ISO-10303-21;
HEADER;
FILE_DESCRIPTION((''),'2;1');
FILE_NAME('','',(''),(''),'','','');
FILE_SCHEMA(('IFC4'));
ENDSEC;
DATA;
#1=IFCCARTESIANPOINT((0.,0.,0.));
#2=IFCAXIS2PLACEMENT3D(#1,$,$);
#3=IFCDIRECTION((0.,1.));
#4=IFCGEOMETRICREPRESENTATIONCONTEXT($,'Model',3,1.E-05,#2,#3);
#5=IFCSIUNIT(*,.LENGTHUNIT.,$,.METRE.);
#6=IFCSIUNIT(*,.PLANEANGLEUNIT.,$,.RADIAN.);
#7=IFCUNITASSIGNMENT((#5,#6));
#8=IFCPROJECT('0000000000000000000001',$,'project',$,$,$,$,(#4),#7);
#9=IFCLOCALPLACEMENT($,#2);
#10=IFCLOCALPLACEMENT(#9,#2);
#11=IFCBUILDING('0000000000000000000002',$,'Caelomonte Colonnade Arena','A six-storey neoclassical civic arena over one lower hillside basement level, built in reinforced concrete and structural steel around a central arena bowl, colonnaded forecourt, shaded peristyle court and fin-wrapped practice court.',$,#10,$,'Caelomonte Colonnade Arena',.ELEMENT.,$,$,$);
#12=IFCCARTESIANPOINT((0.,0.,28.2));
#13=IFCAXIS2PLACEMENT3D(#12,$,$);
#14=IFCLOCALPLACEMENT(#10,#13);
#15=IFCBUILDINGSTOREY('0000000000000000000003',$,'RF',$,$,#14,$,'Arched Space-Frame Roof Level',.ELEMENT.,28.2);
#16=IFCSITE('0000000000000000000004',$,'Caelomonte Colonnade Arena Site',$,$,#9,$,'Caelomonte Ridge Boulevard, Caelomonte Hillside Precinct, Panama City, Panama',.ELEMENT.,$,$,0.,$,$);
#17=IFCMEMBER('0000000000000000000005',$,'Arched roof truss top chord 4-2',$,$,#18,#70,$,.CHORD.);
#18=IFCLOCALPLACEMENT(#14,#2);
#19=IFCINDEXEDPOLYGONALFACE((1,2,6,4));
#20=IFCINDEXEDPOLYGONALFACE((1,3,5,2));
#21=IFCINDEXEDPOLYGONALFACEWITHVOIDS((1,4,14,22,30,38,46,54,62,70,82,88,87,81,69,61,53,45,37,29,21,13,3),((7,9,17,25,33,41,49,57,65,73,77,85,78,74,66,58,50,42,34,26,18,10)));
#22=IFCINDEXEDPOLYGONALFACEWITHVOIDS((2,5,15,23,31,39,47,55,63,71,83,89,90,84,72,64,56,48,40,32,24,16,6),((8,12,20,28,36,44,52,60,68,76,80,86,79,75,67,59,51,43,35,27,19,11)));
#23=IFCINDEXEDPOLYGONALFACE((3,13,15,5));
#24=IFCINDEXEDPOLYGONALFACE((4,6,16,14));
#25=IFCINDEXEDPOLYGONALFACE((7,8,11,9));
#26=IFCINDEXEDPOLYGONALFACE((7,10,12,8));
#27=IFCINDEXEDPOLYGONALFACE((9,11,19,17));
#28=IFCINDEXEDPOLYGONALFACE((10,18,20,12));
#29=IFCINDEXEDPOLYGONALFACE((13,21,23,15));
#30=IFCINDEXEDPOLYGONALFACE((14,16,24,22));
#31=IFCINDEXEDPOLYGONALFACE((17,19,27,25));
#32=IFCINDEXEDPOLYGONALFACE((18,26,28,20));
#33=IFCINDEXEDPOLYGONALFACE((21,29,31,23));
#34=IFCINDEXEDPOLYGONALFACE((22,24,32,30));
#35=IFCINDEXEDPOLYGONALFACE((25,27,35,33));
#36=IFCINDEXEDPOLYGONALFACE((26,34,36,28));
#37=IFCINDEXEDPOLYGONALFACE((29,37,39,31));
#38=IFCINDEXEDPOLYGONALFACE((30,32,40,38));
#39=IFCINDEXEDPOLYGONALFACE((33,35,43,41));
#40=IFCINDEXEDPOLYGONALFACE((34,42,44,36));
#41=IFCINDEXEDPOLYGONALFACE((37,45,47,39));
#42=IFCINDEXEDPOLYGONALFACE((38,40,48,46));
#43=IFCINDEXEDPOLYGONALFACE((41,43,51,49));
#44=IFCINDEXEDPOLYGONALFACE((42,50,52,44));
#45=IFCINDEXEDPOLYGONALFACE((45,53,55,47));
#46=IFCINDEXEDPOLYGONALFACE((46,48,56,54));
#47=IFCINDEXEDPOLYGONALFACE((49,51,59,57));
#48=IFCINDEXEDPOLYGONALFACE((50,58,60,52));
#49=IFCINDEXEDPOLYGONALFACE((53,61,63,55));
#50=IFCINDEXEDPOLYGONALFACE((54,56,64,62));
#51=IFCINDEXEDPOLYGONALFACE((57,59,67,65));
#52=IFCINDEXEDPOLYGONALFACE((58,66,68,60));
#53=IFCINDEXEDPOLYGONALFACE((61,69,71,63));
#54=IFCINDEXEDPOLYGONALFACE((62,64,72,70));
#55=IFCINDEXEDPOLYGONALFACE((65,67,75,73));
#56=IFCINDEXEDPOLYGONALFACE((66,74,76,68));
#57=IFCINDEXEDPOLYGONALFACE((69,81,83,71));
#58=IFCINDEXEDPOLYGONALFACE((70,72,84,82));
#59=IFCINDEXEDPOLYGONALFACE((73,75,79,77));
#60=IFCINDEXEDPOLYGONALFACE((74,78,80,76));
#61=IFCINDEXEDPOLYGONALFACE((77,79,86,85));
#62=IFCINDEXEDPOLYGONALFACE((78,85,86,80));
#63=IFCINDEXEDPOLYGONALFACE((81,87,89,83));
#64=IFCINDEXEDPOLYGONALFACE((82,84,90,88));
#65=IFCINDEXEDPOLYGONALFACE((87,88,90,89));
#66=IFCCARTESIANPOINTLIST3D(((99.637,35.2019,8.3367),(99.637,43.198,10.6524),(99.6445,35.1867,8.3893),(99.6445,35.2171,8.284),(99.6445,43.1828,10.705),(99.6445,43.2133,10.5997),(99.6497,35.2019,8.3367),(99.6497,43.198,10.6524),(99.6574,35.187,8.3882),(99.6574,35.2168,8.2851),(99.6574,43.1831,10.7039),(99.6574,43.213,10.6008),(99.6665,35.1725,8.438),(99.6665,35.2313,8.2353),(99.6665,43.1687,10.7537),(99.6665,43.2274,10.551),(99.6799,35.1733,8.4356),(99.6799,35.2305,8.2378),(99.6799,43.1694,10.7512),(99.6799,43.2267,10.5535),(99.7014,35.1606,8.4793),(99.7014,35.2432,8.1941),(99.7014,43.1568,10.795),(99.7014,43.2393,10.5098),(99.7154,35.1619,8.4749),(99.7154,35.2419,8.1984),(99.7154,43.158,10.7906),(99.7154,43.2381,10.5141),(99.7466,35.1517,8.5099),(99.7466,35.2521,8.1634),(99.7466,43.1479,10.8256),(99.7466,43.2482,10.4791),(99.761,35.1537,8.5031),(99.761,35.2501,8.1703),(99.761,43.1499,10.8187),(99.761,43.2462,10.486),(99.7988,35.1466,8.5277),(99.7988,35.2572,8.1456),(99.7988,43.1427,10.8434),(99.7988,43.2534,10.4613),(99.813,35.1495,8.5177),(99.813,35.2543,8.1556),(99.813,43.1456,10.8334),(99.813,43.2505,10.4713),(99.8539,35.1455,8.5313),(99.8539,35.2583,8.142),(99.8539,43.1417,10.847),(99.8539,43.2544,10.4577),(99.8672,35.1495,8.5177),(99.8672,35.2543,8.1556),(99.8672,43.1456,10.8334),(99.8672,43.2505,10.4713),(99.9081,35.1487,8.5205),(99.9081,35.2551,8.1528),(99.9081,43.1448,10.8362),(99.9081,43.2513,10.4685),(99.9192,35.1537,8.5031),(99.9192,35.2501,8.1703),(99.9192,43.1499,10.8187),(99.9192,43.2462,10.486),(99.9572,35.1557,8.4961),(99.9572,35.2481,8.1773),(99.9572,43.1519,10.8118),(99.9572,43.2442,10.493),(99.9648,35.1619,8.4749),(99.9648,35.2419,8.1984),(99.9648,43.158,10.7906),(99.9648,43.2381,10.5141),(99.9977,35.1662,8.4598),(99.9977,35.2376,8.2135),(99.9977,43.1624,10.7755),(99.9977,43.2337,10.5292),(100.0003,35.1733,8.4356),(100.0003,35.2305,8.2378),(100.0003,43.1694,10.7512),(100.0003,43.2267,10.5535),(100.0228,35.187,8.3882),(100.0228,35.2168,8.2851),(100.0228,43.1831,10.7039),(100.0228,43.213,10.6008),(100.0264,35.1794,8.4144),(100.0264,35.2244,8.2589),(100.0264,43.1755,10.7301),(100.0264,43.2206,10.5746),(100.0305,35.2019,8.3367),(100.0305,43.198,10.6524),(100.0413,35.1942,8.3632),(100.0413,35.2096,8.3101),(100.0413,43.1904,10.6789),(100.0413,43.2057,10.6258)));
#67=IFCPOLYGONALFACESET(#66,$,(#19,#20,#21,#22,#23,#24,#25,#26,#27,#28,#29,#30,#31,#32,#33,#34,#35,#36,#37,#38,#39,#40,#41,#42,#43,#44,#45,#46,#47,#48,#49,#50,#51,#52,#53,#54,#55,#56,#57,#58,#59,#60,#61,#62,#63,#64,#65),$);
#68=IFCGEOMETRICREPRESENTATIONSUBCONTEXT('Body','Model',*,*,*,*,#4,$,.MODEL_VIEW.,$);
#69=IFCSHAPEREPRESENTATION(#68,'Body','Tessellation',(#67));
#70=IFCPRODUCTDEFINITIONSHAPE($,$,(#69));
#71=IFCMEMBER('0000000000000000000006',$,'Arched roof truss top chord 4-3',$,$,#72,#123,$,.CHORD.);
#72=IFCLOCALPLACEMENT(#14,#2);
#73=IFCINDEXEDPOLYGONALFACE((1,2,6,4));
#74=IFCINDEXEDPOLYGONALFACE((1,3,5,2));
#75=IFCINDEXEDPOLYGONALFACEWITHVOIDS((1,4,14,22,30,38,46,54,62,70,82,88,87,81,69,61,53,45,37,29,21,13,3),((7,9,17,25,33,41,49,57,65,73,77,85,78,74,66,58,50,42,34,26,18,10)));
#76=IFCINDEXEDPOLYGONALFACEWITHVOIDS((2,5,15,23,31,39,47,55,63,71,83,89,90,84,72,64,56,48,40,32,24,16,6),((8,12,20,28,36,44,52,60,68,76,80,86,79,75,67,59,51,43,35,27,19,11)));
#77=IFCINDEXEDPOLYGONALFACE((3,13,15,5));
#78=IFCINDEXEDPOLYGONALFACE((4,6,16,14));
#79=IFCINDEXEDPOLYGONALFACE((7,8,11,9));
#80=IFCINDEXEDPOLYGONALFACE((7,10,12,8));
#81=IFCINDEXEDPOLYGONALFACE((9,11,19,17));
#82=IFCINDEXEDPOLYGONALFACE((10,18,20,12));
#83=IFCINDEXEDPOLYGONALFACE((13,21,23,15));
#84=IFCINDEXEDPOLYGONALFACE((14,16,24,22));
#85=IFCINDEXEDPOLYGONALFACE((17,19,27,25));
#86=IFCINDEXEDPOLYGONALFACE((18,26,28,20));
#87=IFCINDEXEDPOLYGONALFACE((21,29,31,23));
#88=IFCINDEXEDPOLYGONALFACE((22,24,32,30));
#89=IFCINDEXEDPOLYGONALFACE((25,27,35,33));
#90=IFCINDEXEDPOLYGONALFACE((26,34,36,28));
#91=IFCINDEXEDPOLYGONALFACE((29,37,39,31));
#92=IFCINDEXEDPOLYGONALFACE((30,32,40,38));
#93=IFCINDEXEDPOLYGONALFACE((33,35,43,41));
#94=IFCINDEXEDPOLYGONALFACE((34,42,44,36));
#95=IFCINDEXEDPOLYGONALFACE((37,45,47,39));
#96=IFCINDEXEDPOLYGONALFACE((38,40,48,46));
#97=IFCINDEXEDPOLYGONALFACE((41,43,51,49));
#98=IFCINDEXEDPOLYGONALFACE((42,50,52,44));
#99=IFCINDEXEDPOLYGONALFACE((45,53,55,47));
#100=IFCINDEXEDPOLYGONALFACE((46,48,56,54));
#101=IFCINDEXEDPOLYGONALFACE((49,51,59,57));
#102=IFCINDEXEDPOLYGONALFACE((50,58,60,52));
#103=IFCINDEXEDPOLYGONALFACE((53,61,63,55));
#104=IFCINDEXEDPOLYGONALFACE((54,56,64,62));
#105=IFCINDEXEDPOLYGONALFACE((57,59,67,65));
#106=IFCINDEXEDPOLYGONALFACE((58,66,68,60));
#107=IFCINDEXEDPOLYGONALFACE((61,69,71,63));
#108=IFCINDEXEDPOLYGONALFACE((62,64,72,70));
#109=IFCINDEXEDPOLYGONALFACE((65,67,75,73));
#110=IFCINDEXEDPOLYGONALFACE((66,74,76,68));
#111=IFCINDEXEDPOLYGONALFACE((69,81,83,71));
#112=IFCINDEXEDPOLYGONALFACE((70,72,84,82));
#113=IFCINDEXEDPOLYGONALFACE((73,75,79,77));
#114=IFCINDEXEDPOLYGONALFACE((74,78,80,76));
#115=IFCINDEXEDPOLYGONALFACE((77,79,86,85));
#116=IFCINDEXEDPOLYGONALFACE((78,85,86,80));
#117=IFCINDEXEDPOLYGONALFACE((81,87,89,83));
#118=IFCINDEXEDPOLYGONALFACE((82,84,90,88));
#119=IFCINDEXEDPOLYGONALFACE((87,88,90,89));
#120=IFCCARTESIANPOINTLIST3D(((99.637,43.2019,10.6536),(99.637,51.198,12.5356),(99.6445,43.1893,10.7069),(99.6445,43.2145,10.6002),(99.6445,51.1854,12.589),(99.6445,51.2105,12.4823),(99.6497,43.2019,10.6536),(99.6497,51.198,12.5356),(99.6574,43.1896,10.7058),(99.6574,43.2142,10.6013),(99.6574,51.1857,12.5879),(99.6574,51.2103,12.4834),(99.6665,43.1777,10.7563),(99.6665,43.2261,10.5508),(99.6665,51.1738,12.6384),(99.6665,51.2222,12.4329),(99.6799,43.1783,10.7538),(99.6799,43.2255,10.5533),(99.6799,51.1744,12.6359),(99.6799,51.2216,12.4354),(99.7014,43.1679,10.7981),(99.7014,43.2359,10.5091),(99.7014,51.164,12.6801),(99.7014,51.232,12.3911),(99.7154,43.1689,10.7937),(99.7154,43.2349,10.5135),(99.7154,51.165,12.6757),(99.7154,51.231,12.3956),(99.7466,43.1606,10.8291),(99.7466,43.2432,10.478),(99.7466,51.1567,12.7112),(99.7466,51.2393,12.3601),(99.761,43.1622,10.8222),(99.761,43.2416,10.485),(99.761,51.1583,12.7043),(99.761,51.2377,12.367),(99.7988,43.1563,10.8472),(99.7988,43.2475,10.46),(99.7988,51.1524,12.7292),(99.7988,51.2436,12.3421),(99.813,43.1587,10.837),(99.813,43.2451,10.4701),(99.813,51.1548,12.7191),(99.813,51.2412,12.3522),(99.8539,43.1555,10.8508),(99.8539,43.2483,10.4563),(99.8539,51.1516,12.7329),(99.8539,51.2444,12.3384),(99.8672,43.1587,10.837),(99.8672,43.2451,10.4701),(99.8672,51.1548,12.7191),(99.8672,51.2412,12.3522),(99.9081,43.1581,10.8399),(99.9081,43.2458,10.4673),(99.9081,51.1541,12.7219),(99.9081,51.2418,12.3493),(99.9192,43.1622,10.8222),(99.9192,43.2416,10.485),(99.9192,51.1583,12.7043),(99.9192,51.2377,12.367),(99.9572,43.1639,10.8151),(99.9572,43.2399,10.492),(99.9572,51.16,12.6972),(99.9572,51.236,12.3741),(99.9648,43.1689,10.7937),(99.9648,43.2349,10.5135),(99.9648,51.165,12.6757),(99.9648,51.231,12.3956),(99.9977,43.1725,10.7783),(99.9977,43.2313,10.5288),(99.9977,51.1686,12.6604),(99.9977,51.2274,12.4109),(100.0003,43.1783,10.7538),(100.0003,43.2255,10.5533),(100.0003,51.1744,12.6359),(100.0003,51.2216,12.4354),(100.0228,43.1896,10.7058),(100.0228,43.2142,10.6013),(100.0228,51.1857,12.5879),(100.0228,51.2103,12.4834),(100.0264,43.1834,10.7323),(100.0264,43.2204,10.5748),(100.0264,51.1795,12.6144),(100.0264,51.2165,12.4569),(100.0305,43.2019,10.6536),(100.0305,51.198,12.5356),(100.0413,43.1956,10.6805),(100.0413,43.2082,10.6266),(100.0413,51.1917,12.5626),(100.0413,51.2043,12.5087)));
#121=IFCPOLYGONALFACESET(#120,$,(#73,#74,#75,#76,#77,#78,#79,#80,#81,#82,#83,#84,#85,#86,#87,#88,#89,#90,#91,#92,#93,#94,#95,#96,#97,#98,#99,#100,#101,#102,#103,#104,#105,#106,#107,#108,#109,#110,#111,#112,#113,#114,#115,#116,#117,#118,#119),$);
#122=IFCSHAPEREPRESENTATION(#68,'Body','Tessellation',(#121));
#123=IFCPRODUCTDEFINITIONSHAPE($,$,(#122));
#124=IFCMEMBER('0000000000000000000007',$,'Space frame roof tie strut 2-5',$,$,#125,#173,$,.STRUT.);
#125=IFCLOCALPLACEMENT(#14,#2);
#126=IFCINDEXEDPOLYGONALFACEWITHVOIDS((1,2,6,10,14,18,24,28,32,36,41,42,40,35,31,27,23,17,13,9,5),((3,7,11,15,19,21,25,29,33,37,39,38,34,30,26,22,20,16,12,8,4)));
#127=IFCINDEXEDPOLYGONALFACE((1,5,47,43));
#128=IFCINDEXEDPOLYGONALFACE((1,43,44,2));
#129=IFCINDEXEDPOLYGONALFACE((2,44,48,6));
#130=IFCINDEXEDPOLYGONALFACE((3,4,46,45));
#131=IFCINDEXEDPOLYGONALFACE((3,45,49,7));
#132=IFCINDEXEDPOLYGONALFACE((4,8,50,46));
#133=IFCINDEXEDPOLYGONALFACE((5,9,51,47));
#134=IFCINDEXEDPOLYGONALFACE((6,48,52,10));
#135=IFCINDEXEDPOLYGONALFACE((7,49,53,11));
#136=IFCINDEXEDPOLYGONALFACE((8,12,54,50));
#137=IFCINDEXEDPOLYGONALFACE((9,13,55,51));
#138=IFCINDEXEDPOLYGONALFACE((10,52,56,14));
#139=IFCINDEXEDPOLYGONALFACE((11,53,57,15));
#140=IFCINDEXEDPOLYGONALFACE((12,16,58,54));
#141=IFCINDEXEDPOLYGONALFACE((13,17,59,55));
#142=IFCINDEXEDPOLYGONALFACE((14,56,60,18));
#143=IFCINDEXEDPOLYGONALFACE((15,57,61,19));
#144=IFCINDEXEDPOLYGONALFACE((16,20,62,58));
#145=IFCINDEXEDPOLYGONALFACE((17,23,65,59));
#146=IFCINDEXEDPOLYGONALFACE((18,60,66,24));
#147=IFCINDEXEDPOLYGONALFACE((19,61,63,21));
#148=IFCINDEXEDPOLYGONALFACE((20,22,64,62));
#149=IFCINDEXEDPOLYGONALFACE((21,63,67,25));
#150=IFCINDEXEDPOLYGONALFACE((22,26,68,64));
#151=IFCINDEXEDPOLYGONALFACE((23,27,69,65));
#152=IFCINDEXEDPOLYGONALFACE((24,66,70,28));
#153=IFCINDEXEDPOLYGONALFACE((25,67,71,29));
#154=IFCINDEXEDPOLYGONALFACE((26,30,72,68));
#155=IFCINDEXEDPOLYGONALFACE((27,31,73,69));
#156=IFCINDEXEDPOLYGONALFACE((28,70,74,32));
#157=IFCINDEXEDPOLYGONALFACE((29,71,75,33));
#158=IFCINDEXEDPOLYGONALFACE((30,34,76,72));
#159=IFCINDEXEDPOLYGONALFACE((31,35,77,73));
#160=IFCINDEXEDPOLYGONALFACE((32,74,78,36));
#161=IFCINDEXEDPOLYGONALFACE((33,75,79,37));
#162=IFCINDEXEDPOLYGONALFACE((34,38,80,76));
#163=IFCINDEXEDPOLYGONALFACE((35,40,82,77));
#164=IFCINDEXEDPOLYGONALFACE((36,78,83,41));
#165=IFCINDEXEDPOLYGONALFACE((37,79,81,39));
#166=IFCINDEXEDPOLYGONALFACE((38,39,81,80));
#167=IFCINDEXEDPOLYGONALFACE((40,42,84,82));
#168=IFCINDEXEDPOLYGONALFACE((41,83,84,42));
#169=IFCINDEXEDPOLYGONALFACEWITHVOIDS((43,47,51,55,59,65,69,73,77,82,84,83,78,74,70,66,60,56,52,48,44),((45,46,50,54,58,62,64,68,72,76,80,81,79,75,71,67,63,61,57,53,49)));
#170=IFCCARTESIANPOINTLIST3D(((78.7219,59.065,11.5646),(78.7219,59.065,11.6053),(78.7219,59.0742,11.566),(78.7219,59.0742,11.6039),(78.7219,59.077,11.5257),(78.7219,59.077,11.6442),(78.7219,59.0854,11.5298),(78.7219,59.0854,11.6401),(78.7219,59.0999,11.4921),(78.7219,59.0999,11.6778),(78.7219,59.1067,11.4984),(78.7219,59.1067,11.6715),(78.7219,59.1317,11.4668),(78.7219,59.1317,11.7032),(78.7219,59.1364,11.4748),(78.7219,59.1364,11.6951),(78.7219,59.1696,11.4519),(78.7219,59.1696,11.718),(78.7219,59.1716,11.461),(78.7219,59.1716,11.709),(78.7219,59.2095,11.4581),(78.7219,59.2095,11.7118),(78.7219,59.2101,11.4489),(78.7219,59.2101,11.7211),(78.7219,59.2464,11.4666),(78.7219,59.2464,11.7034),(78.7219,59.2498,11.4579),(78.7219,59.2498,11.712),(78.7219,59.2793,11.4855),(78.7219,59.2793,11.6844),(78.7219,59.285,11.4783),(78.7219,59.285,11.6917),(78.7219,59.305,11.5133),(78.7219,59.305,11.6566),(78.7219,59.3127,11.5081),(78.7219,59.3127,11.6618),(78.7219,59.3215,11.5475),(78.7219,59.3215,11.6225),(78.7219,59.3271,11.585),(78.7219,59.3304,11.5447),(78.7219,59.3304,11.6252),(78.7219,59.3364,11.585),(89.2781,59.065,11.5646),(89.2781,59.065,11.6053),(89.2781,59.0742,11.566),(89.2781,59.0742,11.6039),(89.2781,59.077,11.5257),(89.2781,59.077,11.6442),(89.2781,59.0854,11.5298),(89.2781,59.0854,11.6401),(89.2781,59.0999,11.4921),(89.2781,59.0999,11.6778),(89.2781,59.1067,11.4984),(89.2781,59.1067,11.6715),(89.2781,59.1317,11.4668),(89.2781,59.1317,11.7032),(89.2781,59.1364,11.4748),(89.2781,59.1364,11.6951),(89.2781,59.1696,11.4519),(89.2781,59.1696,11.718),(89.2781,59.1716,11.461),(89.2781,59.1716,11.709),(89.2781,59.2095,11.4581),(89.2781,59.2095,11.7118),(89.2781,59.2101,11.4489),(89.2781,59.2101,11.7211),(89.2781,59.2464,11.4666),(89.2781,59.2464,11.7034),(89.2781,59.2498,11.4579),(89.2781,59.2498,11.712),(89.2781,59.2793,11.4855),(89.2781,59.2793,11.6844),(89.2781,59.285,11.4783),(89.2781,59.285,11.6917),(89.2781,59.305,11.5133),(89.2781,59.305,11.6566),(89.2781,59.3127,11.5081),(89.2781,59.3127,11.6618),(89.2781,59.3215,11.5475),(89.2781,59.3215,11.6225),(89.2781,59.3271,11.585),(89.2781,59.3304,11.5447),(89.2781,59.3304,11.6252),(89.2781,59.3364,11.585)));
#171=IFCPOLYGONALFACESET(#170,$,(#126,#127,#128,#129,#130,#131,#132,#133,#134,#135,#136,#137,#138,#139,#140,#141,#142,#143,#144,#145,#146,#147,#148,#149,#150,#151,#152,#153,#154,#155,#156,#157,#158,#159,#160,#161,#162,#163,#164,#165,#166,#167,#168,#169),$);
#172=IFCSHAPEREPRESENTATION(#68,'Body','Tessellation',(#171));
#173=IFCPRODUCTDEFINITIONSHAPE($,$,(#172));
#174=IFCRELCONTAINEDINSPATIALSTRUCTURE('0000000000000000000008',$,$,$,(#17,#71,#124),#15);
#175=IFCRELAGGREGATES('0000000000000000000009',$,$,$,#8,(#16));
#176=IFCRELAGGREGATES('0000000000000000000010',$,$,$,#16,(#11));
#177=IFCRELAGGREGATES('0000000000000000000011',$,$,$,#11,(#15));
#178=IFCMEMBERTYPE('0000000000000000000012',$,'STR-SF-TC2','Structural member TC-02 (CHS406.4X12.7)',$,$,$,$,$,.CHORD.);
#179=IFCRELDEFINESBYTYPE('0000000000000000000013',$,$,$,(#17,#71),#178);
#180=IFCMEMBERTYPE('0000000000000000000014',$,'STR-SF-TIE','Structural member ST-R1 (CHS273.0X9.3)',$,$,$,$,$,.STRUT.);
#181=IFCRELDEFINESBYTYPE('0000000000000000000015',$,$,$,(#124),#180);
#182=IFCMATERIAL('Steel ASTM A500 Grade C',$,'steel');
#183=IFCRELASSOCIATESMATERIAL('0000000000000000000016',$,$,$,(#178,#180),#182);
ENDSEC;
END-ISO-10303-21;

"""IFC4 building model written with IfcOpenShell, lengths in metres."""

from ifc_helpers import new_model, si_unit, direction, frame, origin, origin_2d, place, context, subcontext, project, spatial, hollow_circle, extrude, material, material_profile, profile_set, type_object, element, save


model = new_model("IFC4")

# Units and contexts
model_context = context("Model", 3, precision=1e-05, world=origin(), true_north=direction((0.0, 1.0)))
body_context = subcontext(model_context, "Body", "Model", "MODEL_VIEW")
ifc_project = project(units=[si_unit("LENGTHUNIT", "METRE"), si_unit("PLANEANGLEUNIT", "RADIAN")], contexts=[model_context])

# Site, building, storey
site_placement = place(None, origin())
site = spatial("IfcSite", under=ifc_project, at=site_placement, Name="Caelomonte Colonnade Arena Site", LongName="Caelomonte Ridge Boulevard, Caelomonte Hillside Precinct, Panama City, Panama", CompositionType="ELEMENT", RefElevation=0.0)
building_placement = place(site_placement, origin())
building = spatial("IfcBuilding", under=site, at=building_placement, Name="Caelomonte Colonnade Arena", Description="A six-storey neoclassical civic arena over one lower hillside basement level, built in reinforced concrete and structural steel around a central arena bowl, colonnaded forecourt, shaded peristyle court and fin-wrapped practice court.", LongName="Caelomonte Colonnade Arena", CompositionType="ELEMENT")
storey_placement = place(building_placement, frame((0.0, 0.0, 28.2)))
storey = spatial("IfcBuildingStorey", under=building, at=storey_placement, Name="RF", LongName="Arched Space-Frame Roof Level", CompositionType="ELEMENT", Elevation=28.2)

# Members
ifc_material_1 = material(Name="Steel ASTM A500 Grade C", Category="steel")
ifc_material_profile_1 = material_profile(ifc_material_1, hollow_circle(Radius=0.2031, WallThickness=0.0127, at=origin_2d()), Name="CHS406.4X12.7")
ifc_profile_set_1 = profile_set([ifc_material_profile_1], Name="Steel ASTM A500 Grade C")
member_type_1 = type_object("IfcMemberType", Name="STR-SF-TC2", Description="Structural member TC-02 (CHS406.4X12.7)", PredefinedType="CHORD", material=ifc_profile_set_1)
member_1_placement = place(storey_placement, frame((99.8401, 35.2019, 8.3367), z_axis=(0.0, 0.960532, 0.278171), x_axis=(-1.0, 0.0, 0.0)))
element("IfcMember", 1, at=member_1_placement, inside=storey, type_object=member_type_1, Name="Arched roof truss top chord 4-2", PredefinedType="CHORD", context=body_context, shape_type="SweptSolid", body=[
    extrude(hollow_circle(Radius=0.2031, WallThickness=0.0127, at=origin_2d()), origin(), (0.0, 0.0, 1.0), 8.3247),
])
member_2_placement = place(storey_placement, frame((99.8401, 43.2019, 10.6536), z_axis=(0.0, 0.9734, 0.229114), x_axis=(-1.0, 0.0, 0.0)))
element("IfcMember", 2, at=member_2_placement, inside=storey, type_object=member_type_1, Name="Arched roof truss top chord 4-3", PredefinedType="CHORD", context=body_context, shape_type="SweptSolid", body=[
    extrude(hollow_circle(Radius=0.2031, WallThickness=0.0127, at=origin_2d()), origin(), (0.0, 0.0, 1.0), 8.2146),
])
ifc_material_profile_2 = material_profile(ifc_material_1, hollow_circle(Radius=0.1365, WallThickness=0.0093, at=origin_2d()), Name="CHS273.0X9.3")
ifc_profile_set_2 = profile_set([ifc_material_profile_2], Name="Steel ASTM A500 Grade C")
member_type_2 = type_object("IfcMemberType", Name="STR-SF-TIE", Description="Structural member ST-R1 (CHS273.0X9.3)", PredefinedType="STRUT", material=ifc_profile_set_2)
member_3_placement = place(storey_placement, frame((78.7219, 59.2, 11.585), z_axis=(1.0, 0.0, 0.0), x_axis=(0.0, 1.0, 0.0)))
element("IfcMember", 3, at=member_3_placement, inside=storey, type_object=member_type_2, Name="Space frame roof tie strut 2-5", PredefinedType="STRUT", context=body_context, shape_type="SweptSolid", body=[
    extrude(hollow_circle(Radius=0.1365, WallThickness=0.0093, at=origin_2d()), origin(), (0.0, 0.0, 1.0), 10.5562),
])

save(model, "model.ifc")
